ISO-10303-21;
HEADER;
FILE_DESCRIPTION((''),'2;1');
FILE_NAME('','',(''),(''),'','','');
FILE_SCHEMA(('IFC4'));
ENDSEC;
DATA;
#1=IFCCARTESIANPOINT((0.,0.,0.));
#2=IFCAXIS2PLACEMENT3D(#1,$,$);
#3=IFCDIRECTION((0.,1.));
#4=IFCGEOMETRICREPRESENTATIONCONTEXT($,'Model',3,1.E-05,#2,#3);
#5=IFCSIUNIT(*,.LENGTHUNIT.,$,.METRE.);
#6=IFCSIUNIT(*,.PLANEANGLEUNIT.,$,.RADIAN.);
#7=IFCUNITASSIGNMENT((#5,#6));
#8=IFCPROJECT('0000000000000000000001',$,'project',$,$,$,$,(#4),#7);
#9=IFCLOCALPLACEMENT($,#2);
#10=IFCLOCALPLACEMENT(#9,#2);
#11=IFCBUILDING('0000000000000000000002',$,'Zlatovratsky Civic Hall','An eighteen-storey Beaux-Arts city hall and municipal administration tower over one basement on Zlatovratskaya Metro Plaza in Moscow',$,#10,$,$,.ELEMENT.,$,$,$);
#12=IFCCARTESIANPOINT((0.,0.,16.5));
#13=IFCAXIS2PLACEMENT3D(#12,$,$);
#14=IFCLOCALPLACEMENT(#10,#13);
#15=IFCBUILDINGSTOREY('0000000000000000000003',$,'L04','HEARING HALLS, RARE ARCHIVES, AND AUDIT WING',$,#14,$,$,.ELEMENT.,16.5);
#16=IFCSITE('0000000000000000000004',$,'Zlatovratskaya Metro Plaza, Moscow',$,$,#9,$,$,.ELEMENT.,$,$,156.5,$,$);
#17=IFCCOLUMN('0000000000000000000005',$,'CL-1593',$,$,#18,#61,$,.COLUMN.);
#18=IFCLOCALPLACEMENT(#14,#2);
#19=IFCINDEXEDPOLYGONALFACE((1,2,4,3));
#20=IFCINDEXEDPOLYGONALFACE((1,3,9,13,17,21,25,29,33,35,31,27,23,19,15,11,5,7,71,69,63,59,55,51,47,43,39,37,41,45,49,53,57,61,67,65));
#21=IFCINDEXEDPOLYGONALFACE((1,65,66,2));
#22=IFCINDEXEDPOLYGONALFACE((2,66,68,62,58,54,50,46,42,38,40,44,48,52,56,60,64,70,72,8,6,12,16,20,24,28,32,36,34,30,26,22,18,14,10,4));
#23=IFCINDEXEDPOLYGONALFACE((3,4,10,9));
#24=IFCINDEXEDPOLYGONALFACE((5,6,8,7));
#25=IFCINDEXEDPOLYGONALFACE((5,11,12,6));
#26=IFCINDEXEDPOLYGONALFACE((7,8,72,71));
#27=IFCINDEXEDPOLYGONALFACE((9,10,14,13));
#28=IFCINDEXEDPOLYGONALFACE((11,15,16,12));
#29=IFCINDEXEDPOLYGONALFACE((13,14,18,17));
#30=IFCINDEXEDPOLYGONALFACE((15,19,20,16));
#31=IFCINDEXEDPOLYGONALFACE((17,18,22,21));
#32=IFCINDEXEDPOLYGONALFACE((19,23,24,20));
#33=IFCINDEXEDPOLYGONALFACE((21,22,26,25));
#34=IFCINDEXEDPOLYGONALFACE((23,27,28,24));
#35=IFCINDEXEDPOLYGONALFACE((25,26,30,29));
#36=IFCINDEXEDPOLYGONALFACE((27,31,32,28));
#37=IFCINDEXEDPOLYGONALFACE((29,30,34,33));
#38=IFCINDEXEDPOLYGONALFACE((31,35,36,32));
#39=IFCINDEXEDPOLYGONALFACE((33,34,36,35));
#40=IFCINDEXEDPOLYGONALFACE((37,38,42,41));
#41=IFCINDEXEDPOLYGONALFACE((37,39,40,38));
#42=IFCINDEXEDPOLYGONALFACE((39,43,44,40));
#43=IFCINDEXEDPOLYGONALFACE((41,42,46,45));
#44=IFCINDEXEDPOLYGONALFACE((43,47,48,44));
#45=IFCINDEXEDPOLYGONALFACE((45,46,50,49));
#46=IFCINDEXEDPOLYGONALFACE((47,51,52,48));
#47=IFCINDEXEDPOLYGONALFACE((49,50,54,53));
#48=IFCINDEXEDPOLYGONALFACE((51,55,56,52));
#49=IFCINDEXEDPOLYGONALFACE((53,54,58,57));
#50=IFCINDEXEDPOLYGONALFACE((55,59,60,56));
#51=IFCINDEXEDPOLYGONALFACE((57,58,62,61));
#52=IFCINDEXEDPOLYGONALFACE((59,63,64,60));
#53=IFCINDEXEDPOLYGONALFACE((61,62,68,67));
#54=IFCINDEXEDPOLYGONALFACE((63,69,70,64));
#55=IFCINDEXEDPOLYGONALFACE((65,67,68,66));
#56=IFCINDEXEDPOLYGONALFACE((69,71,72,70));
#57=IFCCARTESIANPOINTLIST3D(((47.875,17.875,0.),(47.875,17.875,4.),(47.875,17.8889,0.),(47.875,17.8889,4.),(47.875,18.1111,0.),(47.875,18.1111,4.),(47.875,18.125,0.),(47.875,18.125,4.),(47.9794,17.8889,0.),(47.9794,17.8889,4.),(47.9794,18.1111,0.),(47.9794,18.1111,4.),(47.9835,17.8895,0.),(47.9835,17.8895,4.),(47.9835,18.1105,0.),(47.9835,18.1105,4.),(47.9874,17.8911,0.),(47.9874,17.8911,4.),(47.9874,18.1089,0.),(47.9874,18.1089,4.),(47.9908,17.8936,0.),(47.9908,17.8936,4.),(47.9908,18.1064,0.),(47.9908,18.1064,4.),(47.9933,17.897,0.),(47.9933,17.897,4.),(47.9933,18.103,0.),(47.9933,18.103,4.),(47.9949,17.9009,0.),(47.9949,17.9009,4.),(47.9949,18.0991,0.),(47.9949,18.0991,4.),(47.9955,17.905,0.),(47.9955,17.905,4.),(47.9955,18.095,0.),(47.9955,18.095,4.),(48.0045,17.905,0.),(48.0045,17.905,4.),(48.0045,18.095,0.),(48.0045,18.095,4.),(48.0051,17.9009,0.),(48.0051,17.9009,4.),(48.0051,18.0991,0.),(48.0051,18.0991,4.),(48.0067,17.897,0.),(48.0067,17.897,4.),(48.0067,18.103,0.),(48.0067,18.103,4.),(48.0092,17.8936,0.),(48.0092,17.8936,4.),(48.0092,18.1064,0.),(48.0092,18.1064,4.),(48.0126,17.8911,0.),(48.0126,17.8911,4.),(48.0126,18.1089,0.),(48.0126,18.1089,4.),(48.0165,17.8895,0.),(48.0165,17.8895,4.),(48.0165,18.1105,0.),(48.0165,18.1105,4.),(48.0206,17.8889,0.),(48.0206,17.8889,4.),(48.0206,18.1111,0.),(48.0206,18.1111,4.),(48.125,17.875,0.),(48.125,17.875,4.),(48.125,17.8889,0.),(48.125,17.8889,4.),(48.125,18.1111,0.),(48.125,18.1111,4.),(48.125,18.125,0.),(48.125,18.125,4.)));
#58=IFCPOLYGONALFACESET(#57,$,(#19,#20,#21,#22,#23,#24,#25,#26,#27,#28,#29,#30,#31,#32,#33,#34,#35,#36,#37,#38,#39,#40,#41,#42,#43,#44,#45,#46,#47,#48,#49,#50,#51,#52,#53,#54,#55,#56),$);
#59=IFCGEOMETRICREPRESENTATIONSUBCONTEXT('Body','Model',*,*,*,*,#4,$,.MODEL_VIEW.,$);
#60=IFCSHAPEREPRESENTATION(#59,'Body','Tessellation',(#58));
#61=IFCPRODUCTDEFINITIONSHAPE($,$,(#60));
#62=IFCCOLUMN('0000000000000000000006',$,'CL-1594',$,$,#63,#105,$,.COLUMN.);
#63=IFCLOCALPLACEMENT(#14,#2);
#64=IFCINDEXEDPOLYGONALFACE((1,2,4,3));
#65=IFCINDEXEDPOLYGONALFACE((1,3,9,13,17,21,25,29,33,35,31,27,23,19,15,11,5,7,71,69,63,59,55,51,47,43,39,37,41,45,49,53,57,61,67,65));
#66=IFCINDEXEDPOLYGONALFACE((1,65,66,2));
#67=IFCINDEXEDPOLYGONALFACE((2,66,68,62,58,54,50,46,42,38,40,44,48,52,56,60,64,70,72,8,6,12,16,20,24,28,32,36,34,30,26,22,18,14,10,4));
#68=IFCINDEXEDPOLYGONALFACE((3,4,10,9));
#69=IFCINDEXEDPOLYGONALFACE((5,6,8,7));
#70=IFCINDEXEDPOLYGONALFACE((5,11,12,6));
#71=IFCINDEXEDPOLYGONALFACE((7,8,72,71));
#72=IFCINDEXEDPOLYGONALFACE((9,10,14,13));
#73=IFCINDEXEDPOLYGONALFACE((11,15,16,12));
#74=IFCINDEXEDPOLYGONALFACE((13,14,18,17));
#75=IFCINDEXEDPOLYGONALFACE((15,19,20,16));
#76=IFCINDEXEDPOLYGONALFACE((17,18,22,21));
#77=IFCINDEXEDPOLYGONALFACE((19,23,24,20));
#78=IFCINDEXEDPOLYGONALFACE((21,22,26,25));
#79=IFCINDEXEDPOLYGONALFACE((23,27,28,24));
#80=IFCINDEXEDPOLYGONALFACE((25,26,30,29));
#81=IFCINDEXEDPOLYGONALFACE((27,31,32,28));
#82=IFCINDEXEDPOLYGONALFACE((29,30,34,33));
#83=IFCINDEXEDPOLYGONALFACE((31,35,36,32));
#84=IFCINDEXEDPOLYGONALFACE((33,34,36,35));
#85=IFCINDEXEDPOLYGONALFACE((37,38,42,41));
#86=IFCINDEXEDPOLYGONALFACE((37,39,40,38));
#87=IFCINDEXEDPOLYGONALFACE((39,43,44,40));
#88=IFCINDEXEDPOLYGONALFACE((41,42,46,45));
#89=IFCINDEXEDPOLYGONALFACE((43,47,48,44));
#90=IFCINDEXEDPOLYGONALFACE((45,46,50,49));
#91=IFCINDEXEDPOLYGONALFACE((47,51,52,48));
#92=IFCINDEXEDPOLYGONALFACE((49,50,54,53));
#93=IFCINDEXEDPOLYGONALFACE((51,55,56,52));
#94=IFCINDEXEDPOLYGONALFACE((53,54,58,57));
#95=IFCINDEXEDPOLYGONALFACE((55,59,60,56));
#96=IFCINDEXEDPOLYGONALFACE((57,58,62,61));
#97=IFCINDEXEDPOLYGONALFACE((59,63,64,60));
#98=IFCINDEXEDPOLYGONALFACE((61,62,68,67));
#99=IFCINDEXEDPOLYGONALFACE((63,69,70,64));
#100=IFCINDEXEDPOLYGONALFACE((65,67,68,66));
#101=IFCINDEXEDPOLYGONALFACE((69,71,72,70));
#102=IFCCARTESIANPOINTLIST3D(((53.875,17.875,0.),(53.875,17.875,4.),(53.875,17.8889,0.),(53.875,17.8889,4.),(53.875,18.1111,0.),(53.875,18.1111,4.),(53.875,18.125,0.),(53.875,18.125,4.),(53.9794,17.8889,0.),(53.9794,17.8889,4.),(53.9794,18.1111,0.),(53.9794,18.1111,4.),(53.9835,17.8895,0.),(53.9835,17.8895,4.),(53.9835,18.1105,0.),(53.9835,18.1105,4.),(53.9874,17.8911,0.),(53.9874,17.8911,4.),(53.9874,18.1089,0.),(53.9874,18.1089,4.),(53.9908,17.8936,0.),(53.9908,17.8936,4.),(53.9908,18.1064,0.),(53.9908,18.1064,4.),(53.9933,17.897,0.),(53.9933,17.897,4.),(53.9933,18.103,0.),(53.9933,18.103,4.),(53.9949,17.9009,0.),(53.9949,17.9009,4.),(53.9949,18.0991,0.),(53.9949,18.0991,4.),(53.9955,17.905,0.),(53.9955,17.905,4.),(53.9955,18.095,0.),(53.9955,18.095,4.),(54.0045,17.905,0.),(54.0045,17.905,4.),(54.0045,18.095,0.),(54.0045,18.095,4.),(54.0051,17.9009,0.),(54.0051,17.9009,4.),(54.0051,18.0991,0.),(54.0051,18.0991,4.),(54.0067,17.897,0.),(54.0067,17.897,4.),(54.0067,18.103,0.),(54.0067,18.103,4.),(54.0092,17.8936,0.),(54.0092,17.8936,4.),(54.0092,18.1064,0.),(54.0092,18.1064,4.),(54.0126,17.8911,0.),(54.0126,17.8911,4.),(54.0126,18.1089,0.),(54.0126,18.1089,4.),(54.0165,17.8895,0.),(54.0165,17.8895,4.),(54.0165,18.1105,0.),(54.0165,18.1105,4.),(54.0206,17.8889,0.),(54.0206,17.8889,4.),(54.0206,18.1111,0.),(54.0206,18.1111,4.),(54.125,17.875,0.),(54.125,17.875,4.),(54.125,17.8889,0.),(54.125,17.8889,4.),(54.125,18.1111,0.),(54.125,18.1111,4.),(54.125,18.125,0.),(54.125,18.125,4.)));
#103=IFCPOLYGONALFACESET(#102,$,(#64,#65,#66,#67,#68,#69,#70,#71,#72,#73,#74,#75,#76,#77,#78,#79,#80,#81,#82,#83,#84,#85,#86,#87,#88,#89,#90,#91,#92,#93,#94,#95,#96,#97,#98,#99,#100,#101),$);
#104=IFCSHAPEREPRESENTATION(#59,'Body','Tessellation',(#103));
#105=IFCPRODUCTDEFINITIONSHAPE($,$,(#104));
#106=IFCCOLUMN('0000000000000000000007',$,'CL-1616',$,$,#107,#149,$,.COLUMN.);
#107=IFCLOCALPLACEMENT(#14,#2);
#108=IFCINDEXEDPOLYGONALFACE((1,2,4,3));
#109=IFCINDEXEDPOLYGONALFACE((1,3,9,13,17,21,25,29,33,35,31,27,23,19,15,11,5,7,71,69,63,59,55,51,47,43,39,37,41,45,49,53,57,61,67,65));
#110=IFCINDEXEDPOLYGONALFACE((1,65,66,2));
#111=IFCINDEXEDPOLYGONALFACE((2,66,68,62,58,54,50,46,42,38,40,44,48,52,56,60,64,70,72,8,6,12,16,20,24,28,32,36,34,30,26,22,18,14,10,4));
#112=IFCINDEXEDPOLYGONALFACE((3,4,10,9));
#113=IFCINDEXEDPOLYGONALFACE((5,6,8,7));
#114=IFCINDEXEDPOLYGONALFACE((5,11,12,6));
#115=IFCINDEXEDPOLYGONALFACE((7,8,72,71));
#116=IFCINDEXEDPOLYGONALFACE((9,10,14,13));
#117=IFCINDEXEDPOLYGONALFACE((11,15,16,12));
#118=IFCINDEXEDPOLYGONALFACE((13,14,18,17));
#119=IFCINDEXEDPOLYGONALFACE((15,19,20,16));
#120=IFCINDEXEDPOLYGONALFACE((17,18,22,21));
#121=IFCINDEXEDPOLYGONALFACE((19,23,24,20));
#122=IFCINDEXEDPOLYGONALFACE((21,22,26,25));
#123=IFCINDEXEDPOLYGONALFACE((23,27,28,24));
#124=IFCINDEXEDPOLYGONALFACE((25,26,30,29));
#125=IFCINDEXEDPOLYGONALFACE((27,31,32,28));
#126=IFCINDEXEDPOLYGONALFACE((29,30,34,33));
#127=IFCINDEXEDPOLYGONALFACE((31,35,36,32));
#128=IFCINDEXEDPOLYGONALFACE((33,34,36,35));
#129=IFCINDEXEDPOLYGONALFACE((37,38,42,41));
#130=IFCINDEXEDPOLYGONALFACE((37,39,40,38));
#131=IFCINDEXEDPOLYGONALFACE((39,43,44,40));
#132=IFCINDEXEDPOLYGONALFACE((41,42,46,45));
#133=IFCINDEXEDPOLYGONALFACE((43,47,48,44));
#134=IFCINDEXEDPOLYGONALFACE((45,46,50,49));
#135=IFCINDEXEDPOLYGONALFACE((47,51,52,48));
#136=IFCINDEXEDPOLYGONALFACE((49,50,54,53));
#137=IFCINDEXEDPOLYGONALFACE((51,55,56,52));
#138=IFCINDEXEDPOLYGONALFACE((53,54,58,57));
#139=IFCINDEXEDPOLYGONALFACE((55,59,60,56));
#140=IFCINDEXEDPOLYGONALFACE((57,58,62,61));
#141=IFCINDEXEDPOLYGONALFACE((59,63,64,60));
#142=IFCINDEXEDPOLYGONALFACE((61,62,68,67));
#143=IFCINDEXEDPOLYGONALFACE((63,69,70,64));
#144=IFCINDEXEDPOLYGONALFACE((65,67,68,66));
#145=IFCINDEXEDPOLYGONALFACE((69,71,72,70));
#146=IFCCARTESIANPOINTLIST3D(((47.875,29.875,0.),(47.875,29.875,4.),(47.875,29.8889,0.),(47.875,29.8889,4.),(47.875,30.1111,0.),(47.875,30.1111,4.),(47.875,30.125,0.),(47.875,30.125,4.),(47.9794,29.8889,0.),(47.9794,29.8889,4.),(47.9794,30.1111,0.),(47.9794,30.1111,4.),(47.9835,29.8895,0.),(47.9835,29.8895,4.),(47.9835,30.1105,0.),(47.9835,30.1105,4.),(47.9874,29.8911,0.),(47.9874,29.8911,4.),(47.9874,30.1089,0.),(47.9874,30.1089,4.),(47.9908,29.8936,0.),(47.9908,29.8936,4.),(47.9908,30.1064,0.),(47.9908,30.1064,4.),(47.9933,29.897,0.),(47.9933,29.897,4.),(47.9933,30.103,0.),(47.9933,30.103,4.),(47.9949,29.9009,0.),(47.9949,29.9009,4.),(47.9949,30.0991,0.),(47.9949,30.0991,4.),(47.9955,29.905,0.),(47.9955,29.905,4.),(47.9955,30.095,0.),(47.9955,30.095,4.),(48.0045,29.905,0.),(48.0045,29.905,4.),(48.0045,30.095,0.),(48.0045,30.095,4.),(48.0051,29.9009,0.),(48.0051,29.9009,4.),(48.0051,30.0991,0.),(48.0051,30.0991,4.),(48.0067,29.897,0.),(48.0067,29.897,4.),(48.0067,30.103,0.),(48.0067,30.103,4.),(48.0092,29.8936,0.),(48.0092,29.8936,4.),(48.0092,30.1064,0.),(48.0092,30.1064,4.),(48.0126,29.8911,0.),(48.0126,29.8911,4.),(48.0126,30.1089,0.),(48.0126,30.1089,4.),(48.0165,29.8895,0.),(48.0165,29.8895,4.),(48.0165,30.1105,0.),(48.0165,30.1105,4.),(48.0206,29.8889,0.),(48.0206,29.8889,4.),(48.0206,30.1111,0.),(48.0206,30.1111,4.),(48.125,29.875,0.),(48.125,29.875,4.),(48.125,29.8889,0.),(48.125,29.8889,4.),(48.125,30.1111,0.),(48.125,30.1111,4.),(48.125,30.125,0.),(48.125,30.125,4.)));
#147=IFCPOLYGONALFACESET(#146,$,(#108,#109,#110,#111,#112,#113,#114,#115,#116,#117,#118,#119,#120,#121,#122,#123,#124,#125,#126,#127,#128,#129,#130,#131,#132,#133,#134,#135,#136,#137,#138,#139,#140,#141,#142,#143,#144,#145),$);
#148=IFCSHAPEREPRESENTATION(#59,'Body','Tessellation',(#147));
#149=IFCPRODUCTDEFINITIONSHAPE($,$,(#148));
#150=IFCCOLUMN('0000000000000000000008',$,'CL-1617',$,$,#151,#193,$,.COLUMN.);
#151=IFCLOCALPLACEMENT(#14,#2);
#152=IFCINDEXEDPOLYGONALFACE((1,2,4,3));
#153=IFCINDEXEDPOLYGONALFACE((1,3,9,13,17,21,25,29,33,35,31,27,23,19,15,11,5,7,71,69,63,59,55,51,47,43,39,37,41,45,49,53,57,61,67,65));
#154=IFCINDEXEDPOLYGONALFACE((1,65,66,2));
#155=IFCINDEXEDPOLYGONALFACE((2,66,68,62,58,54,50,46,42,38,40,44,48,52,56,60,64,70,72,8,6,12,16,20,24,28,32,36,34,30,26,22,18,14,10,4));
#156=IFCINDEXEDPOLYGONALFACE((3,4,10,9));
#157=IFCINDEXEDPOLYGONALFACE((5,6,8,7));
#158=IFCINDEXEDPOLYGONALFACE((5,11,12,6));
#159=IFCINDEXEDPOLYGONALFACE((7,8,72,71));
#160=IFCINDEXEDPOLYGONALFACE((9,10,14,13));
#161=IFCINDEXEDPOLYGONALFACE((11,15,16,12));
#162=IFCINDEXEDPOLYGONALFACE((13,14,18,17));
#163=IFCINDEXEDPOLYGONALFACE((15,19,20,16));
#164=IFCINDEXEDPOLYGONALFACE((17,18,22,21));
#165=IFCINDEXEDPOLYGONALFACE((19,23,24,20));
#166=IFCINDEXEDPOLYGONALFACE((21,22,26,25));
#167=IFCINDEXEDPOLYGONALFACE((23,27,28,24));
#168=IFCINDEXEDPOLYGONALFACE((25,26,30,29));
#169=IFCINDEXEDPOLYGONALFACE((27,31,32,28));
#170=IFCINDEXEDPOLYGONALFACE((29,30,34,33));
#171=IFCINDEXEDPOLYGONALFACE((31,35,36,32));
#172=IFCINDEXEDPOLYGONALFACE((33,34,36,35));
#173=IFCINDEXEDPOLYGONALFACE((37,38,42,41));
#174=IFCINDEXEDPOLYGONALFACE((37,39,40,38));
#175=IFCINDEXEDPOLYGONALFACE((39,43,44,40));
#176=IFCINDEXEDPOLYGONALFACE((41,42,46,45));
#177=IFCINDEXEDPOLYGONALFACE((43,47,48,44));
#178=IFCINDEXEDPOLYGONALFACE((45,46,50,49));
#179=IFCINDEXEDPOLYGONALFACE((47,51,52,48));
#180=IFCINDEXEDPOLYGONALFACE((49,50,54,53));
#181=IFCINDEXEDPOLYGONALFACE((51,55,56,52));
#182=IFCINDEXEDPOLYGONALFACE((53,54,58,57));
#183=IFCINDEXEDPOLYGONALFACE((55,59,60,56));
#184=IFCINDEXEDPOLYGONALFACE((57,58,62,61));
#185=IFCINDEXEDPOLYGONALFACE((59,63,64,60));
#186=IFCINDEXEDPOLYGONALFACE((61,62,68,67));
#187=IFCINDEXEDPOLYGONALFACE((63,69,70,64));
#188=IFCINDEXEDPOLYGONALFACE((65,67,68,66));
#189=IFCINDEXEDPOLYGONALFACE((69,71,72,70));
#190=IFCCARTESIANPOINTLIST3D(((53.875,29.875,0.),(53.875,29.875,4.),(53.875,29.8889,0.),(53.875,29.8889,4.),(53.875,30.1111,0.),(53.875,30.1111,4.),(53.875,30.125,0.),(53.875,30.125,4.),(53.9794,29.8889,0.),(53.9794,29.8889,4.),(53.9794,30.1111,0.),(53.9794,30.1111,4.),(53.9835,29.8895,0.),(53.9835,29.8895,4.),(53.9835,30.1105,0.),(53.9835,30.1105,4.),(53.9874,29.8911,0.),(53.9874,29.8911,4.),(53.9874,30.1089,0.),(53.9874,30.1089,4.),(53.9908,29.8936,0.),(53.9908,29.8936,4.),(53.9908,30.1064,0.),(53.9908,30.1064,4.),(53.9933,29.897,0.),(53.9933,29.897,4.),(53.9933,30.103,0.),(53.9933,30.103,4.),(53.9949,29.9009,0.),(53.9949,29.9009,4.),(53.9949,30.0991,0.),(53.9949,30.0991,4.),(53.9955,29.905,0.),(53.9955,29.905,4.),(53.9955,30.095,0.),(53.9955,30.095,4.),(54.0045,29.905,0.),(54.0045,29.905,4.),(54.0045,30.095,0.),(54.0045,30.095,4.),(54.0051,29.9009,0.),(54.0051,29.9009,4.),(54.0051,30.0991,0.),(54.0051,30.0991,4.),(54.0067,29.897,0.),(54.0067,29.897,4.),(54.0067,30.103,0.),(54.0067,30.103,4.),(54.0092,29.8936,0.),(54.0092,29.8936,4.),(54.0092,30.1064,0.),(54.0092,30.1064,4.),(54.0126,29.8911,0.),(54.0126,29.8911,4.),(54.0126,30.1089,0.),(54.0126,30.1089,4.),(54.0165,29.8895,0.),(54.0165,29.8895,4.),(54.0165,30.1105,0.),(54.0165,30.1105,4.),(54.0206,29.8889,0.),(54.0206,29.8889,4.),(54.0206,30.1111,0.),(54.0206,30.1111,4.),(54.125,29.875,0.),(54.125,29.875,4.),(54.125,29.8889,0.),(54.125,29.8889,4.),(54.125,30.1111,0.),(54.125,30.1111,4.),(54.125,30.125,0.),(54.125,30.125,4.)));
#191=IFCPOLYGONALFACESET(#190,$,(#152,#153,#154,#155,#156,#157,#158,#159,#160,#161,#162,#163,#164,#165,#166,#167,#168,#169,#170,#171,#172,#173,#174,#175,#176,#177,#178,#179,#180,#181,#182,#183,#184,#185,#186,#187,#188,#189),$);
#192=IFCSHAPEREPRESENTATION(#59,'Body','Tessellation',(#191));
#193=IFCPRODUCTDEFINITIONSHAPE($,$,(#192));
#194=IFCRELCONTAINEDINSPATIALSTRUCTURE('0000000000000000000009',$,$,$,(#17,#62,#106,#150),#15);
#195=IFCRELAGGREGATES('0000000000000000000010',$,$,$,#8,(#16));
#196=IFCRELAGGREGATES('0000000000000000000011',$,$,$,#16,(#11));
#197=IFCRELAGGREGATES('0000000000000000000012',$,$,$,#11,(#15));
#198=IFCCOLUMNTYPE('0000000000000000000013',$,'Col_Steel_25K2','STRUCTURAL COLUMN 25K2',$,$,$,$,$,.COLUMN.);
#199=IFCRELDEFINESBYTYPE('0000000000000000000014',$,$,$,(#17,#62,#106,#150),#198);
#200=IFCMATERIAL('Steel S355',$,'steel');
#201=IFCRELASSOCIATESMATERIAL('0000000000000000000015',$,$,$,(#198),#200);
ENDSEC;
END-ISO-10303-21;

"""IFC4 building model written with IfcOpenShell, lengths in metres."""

from ifc_helpers import new_model, si_unit, direction, frame, origin, origin_2d, place, context, subcontext, project, spatial, i_section, extrude, material, material_profile, profile_set, type_object, element, save


model = new_model("IFC4")

# Units and contexts
model_context = context("Model", 3, precision=1e-05, world=origin(), true_north=direction((0.0, 1.0)))
body_context = subcontext(model_context, "Body", "Model", "MODEL_VIEW")
ifc_project = project(units=[si_unit("LENGTHUNIT", "METRE"), si_unit("PLANEANGLEUNIT", "RADIAN")], contexts=[model_context])

# Site, building, storey
site_placement = place(None, origin())
site = spatial("IfcSite", under=ifc_project, at=site_placement, Name="Zlatovratskaya Metro Plaza, Moscow", CompositionType="ELEMENT", RefElevation=156.5)
building_placement = place(site_placement, origin())
building = spatial("IfcBuilding", under=site, at=building_placement, Name="Zlatovratsky Civic Hall", Description="An eighteen-storey Beaux-Arts city hall and municipal administration tower over one basement on Zlatovratskaya Metro Plaza in Moscow", CompositionType="ELEMENT")
storey_placement = place(building_placement, frame((0.0, 0.0, 16.5)))
storey = spatial("IfcBuildingStorey", under=building, at=storey_placement, Name="L04", Description="HEARING HALLS, RARE ARCHIVES, AND AUDIT WING", CompositionType="ELEMENT", Elevation=16.5)

# Columns
ifc_material_1 = material(Name="Steel S355", Category="steel")
ifc_material_profile_1 = material_profile(ifc_material_1, i_section(OverallWidth=0.25, OverallDepth=0.25, WebThickness=0.009, FlangeThickness=0.0139, FilletRadius=0.0161, at=origin_2d()), Name="25K2")
ifc_profile_set_1 = profile_set([ifc_material_profile_1], Name="Steel S355")
column_type = type_object("IfcColumnType", Name="Col_Steel_25K2", Description="STRUCTURAL COLUMN 25K2", PredefinedType="COLUMN", material=ifc_profile_set_1)
for number, where, z_axis, x_axis, name in (
    (1, (48.0, 18.0, 0.0), (0.0, 0.0, 1.0), (1.0, 0.0, 0.0), "CL-1593"),
    (2, (54.0, 18.0, 0.0), (0.0, 0.0, 1.0), (1.0, 0.0, 0.0), "CL-1594"),
    (3, (48.0, 30.0, 0.0), (0.0, 0.0, 1.0), (1.0, 0.0, 0.0), "CL-1616"),
    (4, (54.0, 30.0, 0.0), (0.0, 0.0, 1.0), (1.0, 0.0, 0.0), "CL-1617"),
):
    element("IfcColumn", number, at=place(storey_placement, frame(where, z_axis=z_axis, x_axis=x_axis)), inside=storey, type_object=column_type, Name=name, PredefinedType="COLUMN", context=body_context, shape_type="SweptSolid", body=[
        extrude(i_section(OverallWidth=0.25, OverallDepth=0.25, WebThickness=0.009, FlangeThickness=0.0139, FilletRadius=0.0161, at=origin_2d()), origin(), (0.0, 0.0, 1.0), 4.0),
    ])

save(model, "model.ifc")
